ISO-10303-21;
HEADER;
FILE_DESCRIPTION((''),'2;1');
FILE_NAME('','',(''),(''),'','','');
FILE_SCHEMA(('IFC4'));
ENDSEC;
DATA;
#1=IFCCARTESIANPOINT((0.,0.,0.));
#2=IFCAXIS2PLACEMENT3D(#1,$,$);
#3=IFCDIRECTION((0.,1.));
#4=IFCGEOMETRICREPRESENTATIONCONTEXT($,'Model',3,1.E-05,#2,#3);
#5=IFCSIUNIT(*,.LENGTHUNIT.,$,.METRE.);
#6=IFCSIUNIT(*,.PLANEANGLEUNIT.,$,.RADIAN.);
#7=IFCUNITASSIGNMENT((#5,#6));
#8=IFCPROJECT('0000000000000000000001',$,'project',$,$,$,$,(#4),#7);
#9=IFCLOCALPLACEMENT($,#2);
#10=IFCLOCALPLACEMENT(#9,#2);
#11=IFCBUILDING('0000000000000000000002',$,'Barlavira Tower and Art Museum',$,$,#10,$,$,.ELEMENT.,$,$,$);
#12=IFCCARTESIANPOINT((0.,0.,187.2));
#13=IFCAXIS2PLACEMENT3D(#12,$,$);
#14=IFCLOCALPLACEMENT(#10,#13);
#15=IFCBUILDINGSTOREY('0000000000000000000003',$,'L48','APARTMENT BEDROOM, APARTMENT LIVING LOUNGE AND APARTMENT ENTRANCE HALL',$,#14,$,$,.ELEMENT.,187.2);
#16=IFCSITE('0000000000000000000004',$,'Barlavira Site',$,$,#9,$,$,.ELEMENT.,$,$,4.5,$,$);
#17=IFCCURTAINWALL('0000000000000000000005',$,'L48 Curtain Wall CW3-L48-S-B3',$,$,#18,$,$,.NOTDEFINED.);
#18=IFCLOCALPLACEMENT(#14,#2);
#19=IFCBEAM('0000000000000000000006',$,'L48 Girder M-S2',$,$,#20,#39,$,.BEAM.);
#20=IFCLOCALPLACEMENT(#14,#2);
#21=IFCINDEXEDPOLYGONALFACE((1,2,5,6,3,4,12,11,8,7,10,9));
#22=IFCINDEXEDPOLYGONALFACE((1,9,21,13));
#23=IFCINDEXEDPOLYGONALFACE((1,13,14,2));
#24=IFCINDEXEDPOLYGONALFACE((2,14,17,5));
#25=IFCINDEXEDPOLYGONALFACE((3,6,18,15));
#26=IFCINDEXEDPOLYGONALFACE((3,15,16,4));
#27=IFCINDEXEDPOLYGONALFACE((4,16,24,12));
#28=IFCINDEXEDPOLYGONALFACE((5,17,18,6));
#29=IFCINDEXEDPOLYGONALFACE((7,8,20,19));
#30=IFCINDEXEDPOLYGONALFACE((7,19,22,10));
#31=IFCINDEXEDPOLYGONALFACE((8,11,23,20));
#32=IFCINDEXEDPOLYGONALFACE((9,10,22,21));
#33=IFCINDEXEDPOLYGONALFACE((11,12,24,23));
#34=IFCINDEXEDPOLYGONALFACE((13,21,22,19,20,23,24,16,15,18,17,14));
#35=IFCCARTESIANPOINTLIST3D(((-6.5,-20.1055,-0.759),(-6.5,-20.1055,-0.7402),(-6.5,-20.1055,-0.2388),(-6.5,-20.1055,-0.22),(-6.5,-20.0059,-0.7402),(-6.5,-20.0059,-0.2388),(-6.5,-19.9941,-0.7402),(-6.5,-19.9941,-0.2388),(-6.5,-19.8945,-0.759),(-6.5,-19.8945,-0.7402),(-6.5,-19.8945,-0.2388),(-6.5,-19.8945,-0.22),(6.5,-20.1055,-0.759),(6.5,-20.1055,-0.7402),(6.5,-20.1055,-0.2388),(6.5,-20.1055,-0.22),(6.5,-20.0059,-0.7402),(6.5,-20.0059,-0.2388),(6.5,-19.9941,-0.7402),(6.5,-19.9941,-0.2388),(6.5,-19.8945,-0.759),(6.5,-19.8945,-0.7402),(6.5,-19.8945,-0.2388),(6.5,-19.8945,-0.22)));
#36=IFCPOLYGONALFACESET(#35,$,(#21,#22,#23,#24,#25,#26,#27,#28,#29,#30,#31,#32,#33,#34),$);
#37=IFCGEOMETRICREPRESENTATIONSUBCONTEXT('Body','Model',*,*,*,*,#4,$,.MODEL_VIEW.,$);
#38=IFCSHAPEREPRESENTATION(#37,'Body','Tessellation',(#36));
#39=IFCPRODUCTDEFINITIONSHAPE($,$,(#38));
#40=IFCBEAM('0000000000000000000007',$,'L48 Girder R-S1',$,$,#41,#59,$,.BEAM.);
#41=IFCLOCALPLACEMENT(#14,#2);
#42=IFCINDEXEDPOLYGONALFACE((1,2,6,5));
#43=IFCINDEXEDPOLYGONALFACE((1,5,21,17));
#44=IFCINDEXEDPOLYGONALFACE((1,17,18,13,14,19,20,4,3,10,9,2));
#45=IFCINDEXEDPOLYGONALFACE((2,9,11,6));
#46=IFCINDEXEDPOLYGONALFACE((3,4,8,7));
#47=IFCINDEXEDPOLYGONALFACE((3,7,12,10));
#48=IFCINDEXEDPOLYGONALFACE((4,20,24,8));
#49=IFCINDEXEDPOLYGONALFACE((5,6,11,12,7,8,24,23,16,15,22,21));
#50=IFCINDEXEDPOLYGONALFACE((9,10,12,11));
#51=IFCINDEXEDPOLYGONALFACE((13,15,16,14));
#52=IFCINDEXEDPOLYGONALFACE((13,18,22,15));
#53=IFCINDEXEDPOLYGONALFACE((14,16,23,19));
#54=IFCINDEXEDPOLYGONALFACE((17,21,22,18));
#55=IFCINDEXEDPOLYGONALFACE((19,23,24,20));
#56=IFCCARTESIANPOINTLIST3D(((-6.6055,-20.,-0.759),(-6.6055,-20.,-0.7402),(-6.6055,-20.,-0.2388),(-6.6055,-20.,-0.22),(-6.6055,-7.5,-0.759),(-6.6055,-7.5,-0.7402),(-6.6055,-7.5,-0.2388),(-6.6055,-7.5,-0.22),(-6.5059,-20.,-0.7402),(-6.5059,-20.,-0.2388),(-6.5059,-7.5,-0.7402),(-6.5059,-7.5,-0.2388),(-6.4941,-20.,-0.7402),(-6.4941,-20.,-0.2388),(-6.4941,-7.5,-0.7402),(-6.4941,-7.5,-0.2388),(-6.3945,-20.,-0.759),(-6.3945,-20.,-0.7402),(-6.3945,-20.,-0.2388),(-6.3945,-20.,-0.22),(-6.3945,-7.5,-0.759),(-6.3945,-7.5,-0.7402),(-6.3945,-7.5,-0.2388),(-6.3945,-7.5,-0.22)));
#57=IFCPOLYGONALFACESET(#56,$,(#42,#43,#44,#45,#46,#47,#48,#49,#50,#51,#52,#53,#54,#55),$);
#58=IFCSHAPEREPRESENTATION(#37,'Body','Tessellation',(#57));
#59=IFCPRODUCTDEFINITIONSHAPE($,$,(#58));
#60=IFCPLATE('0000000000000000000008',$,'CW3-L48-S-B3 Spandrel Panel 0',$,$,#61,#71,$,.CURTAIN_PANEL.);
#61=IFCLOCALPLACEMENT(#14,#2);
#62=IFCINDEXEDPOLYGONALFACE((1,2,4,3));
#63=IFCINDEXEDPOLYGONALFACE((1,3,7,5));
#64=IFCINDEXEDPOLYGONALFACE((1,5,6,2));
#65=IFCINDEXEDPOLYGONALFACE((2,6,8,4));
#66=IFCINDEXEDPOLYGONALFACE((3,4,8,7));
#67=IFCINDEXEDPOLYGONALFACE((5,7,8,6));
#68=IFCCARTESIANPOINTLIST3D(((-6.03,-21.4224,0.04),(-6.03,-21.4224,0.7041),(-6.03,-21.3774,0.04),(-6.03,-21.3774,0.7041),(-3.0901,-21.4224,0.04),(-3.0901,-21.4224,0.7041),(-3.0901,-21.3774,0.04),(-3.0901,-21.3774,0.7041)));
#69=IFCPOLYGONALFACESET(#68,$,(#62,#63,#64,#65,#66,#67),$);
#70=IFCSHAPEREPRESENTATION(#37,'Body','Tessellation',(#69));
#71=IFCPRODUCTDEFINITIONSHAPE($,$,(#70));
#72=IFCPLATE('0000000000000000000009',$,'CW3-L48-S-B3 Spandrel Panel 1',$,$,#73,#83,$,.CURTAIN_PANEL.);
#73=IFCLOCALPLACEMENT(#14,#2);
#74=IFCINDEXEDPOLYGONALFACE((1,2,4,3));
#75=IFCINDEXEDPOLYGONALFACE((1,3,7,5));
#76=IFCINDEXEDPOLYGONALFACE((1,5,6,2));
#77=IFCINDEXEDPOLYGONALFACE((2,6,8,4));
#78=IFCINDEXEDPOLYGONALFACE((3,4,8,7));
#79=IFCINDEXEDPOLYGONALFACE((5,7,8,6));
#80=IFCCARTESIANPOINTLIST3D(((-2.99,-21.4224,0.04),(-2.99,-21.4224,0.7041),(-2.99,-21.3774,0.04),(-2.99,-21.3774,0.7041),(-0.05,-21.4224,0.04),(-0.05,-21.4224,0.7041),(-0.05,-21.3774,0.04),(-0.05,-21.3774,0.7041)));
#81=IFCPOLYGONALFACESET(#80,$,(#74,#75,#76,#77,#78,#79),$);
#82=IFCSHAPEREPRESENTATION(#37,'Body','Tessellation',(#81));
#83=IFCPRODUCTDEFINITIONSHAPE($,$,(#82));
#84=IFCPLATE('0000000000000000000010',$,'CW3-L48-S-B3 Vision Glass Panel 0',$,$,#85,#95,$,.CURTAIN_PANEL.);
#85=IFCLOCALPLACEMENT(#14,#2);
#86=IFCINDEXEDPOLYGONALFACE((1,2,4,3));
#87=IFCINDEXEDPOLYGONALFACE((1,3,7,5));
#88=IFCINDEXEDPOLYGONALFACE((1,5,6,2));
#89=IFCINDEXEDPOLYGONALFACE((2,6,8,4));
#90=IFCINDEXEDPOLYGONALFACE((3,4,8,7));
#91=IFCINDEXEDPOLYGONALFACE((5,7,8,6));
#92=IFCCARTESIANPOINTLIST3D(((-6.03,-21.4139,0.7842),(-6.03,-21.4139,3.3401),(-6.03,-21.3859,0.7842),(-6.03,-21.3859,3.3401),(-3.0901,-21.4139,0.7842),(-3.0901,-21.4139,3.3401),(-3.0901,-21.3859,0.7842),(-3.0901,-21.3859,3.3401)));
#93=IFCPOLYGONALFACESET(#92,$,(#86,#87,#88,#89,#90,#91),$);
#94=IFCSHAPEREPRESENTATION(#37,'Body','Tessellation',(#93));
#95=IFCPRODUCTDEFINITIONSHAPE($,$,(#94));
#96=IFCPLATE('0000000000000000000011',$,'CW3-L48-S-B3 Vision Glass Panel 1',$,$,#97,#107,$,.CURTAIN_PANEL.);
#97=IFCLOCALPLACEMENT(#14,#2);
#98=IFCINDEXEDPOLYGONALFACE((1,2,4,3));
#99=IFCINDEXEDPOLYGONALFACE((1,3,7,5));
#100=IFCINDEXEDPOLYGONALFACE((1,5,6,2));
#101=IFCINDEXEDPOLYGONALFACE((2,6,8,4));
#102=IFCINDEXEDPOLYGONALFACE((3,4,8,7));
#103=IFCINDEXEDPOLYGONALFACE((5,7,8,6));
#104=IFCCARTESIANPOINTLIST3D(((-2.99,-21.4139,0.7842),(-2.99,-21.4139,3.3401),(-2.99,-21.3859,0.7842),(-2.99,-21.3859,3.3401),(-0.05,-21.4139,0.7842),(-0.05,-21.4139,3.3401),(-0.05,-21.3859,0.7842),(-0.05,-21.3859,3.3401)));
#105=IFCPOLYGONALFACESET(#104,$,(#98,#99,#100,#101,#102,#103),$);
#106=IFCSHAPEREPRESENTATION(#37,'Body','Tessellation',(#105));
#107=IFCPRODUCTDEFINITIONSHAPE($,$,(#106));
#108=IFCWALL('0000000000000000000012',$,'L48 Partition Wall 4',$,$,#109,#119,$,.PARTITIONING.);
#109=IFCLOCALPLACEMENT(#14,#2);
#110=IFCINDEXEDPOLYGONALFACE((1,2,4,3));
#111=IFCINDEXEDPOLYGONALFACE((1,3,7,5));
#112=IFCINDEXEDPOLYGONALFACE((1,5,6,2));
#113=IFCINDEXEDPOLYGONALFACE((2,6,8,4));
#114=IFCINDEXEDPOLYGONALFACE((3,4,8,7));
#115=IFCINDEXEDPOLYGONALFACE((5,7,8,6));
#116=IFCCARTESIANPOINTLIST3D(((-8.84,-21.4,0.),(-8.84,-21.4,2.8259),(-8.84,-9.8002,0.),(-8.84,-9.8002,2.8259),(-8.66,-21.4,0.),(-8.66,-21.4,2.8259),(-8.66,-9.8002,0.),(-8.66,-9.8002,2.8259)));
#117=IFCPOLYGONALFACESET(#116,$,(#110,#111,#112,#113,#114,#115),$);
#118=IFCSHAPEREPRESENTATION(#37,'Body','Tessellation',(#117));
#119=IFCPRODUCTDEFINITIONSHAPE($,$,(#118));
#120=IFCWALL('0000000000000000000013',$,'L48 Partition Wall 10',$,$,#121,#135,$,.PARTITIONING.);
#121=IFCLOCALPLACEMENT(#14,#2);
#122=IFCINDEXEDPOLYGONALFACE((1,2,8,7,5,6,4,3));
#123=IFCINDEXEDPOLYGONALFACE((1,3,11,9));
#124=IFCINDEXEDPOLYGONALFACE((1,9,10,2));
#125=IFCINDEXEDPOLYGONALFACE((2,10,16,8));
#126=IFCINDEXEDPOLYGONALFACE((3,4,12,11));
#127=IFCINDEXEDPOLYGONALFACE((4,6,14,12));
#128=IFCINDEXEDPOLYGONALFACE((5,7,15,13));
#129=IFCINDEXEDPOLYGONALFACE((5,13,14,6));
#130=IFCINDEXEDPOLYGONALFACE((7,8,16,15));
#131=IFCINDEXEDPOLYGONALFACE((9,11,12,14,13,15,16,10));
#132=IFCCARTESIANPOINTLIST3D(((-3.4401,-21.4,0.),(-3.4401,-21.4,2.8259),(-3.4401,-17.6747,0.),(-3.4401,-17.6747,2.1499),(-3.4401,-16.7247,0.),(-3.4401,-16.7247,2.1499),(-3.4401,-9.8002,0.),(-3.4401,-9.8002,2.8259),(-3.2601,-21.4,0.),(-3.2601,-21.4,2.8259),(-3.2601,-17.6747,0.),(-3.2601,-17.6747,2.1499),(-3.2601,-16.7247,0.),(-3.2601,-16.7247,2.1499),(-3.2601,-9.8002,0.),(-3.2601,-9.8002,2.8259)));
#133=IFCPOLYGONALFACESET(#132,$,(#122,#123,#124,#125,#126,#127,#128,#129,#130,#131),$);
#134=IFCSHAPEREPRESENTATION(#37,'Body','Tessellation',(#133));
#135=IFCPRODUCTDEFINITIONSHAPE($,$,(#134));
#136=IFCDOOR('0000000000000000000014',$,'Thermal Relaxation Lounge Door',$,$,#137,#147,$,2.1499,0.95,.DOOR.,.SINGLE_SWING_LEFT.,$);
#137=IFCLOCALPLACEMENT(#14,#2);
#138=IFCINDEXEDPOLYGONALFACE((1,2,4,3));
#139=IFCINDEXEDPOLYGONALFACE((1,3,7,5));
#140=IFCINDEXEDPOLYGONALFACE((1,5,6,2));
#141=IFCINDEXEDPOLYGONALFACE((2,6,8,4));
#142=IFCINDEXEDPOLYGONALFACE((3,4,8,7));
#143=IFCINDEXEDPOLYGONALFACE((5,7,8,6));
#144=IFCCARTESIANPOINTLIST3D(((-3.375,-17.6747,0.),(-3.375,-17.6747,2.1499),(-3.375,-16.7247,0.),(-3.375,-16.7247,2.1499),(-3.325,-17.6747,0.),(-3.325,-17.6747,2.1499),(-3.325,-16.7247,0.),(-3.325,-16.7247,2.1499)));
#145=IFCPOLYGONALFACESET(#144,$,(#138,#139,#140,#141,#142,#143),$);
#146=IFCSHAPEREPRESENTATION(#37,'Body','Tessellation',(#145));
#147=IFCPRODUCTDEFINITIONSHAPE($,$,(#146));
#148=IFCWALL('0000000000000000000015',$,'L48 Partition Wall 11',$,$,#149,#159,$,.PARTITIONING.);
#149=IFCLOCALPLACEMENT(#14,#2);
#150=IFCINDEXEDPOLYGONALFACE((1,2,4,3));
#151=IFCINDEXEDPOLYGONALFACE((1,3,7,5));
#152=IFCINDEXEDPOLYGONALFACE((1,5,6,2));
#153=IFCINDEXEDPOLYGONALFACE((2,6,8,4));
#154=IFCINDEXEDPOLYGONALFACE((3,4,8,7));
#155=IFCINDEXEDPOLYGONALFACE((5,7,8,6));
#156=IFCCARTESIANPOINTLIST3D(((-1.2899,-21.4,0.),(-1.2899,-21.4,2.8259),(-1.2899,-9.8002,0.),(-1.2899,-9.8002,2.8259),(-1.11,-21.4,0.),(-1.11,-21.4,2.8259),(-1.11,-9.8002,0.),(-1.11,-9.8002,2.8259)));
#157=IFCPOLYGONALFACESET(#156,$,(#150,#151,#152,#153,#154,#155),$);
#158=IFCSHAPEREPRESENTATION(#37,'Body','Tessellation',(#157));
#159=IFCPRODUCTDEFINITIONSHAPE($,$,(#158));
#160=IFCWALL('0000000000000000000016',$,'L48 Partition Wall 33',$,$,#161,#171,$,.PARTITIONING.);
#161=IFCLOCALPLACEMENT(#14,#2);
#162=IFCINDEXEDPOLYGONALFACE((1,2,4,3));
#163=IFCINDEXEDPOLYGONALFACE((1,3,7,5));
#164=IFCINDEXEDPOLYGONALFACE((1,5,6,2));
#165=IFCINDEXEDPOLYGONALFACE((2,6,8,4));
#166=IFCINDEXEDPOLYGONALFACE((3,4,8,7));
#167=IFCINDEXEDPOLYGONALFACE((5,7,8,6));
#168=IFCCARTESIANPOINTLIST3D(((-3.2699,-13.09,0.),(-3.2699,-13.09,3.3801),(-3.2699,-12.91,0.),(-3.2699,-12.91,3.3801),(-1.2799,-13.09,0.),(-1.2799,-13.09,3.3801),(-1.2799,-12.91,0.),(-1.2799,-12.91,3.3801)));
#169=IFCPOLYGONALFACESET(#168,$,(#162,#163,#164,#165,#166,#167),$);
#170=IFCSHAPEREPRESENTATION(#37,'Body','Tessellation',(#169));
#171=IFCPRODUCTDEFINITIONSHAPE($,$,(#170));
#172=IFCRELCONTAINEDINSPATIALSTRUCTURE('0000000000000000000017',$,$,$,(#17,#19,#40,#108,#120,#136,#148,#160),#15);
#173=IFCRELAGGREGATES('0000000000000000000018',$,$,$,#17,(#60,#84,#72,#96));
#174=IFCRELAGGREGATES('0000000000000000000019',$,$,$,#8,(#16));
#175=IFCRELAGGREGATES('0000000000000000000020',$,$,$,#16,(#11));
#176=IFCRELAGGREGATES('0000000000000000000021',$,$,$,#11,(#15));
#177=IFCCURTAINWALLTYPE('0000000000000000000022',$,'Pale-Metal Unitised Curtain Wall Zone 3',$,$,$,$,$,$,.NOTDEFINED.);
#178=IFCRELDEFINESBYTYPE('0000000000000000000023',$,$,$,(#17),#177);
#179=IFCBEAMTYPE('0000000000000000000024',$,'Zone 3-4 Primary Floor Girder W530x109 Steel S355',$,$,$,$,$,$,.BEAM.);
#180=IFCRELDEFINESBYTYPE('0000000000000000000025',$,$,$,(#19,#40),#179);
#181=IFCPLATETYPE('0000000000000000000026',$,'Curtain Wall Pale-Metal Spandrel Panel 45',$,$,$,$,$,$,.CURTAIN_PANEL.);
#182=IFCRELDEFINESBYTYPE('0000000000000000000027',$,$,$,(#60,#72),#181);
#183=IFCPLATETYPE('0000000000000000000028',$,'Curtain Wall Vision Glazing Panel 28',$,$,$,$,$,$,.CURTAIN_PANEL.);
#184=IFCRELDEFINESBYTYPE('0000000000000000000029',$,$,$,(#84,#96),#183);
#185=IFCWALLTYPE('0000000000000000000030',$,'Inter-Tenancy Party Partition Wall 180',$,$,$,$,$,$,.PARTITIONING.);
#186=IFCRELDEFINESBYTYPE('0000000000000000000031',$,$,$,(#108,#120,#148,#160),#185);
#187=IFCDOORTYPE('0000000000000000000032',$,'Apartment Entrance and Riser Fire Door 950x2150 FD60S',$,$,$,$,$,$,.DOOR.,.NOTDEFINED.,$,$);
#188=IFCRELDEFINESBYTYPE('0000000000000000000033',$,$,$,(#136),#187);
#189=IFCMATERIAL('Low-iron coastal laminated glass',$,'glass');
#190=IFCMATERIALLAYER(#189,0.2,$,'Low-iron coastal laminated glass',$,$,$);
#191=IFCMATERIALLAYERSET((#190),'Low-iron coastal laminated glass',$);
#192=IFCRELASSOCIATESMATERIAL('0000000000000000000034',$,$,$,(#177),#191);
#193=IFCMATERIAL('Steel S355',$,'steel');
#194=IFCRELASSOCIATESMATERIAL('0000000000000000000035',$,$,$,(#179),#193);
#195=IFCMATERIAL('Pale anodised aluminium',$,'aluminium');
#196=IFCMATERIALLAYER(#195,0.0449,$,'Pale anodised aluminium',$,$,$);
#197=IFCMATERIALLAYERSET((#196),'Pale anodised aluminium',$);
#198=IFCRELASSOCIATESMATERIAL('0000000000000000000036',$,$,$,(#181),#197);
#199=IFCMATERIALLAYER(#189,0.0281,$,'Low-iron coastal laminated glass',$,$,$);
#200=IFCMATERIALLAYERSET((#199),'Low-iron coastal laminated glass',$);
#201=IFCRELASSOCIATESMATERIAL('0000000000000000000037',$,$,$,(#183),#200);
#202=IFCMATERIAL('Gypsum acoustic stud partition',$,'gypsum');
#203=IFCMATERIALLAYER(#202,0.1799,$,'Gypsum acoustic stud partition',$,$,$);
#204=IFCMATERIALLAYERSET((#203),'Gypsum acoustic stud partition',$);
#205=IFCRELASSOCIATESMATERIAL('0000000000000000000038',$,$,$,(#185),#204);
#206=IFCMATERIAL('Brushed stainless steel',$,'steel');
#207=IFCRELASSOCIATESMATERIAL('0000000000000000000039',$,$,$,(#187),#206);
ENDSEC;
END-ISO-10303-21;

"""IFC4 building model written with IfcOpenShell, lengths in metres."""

from ifc_helpers import new_model, si_unit, direction, frame, frame_2d, origin, origin_2d, place, context, subcontext, project, spatial, rectangle, i_section, extrude, material, layer, layer_set, material_profile, profile_set, type_object, element, fill, aggregate, save


model = new_model("IFC4")

# Units and contexts
model_context = context("Model", 3, precision=1e-05, world=origin(), true_north=direction((0.0, 1.0)))
body_context = subcontext(model_context, "Body", "Model", "MODEL_VIEW")
ifc_project = project(units=[si_unit("LENGTHUNIT", "METRE"), si_unit("PLANEANGLEUNIT", "RADIAN")], contexts=[model_context])

# Site, building, storey
site_placement = place(None, origin())
site = spatial("IfcSite", under=ifc_project, at=site_placement, Name="Barlavira Site", CompositionType="ELEMENT", RefElevation=4.5)
building_placement = place(site_placement, origin())
building = spatial("IfcBuilding", under=site, at=building_placement, Name="Barlavira Tower and Art Museum", CompositionType="ELEMENT")
storey_placement = place(building_placement, frame((0.0, 0.0, 187.2)))
storey = spatial("IfcBuildingStorey", under=building, at=storey_placement, Name="L48", Description="APARTMENT BEDROOM, APARTMENT LIVING LOUNGE AND APARTMENT ENTRANCE HALL", CompositionType="ELEMENT", Elevation=187.2)

# Curtain wall
ifc_material_1 = material(Name="Low-iron coastal laminated glass", Category="glass")
ifc_layer_1 = layer(ifc_material_1, 0.2, Name="Low-iron coastal laminated glass")
ifc_layer_set_1 = layer_set([ifc_layer_1], Name="Low-iron coastal laminated glass")
curtain_wall_type = type_object("IfcCurtainWallType", Name="Pale-Metal Unitised Curtain Wall Zone 3", PredefinedType="NOTDEFINED", material=ifc_layer_set_1)
curtain_wall_placement = place(storey_placement, origin())
curtain_wall = element("IfcCurtainWall", 1, at=curtain_wall_placement, inside=storey, type_object=curtain_wall_type, Name="L48 Curtain Wall CW3-L48-S-B3", PredefinedType="NOTDEFINED")
ifc_material_2 = material(Name="Pale anodised aluminium", Category="aluminium")

# Shared definitions
ifc_material_3 = material(Name="Steel S355", Category="steel")

# Beams
ifc_material_profile_1 = material_profile(ifc_material_3, i_section(OverallWidth=0.2109, OverallDepth=0.5391, WebThickness=0.0117, FlangeThickness=0.0188, at=origin_2d()), Name="W530x109.0")
ifc_profile_set_1 = profile_set([ifc_material_profile_1], Name="Steel S355")
beam_type_1 = type_object("IfcBeamType", Name="Zone 3-4 Primary Floor Girder W530x109 Steel S355", PredefinedType="BEAM", material=ifc_profile_set_1)
beam_1_placement = place(storey_placement, frame((-6.5, -20.0, -0.4895), z_axis=(1.0, 0.0, 0.0), x_axis=(0.0, 1.0, 0.0)))
element("IfcBeam", 2, at=beam_1_placement, inside=storey, type_object=beam_type_1, Name="L48 Girder M-S2", PredefinedType="BEAM", context=body_context, shape_type="SweptSolid", body=[
    extrude(i_section(OverallWidth=0.2109, OverallDepth=0.5391, WebThickness=0.0117, FlangeThickness=0.0188, at=origin_2d()), origin(), (0.0, 0.0, 1.0), 13.0),
])
beam_2_placement = place(storey_placement, frame((-6.5, -20.0, -0.4895), z_axis=(0.0, 1.0, 0.0), x_axis=(-1.0, 0.0, 0.0)))
element("IfcBeam", 3, at=beam_2_placement, inside=storey, type_object=beam_type_1, Name="L48 Girder R-S1", PredefinedType="BEAM", context=body_context, shape_type="SweptSolid", body=[
    extrude(i_section(OverallWidth=0.2109, OverallDepth=0.5391, WebThickness=0.0117, FlangeThickness=0.0188, at=origin_2d()), origin(), (0.0, 0.0, 1.0), 12.5),
])

# Plates
ifc_layer_2 = layer(ifc_material_2, 0.0449, Name="Pale anodised aluminium")
ifc_layer_set_2 = layer_set([ifc_layer_2], Name="Pale anodised aluminium")
plate_type_1 = type_object("IfcPlateType", Name="Curtain Wall Pale-Metal Spandrel Panel 45", PredefinedType="CURTAIN_PANEL", material=ifc_layer_set_2)
plate_1_placement = place(storey_placement, frame((-4.5601, -21.3999, 0.04), z_axis=(0.0, 0.0, 1.0), x_axis=(1.0, 0.0, 0.0)))
plate_1 = element("IfcPlate", 4, at=plate_1_placement, type_object=plate_type_1, Name="CW3-L48-S-B3 Spandrel Panel 0", PredefinedType="CURTAIN_PANEL", context=body_context, shape_type="SweptSolid", body=[
    extrude(rectangle(XDim=2.9399, YDim=0.0449, at=origin_2d()), origin(), (0.0, 0.0, 1.0), 0.6641),
])
plate_2_placement = place(storey_placement, frame((-1.52, -21.3999, 0.04), z_axis=(0.0, 0.0, 1.0), x_axis=(1.0, 0.0, 0.0)))
plate_2 = element("IfcPlate", 5, at=plate_2_placement, type_object=plate_type_1, Name="CW3-L48-S-B3 Spandrel Panel 1", PredefinedType="CURTAIN_PANEL", context=body_context, shape_type="SweptSolid", body=[
    extrude(rectangle(XDim=2.9399, YDim=0.0449, at=origin_2d()), origin(), (0.0, 0.0, 1.0), 0.6641),
])
ifc_layer_3 = layer(ifc_material_1, 0.0281, Name="Low-iron coastal laminated glass")
ifc_layer_set_3 = layer_set([ifc_layer_3], Name="Low-iron coastal laminated glass")
plate_type_2 = type_object("IfcPlateType", Name="Curtain Wall Vision Glazing Panel 28", PredefinedType="CURTAIN_PANEL", material=ifc_layer_set_3)
plate_3_placement = place(storey_placement, frame((-4.5601, -21.3999, 0.7842), z_axis=(0.0, 0.0, 1.0), x_axis=(1.0, 0.0, 0.0)))
plate_3 = element("IfcPlate", 6, at=plate_3_placement, type_object=plate_type_2, Name="CW3-L48-S-B3 Vision Glass Panel 0", PredefinedType="CURTAIN_PANEL", context=body_context, shape_type="SweptSolid", body=[
    extrude(rectangle(XDim=2.9399, YDim=0.0281, at=origin_2d()), origin(), (0.0, 0.0, 1.0), 2.5559),
])
plate_4_placement = place(storey_placement, frame((-1.52, -21.3999, 0.7842), z_axis=(0.0, 0.0, 1.0), x_axis=(1.0, 0.0, 0.0)))
plate_4 = element("IfcPlate", 7, at=plate_4_placement, type_object=plate_type_2, Name="CW3-L48-S-B3 Vision Glass Panel 1", PredefinedType="CURTAIN_PANEL", context=body_context, shape_type="SweptSolid", body=[
    extrude(rectangle(XDim=2.9399, YDim=0.0281, at=origin_2d()), origin(), (0.0, 0.0, 1.0), 2.5559),
])
aggregate(curtain_wall, [plate_1, plate_3, plate_2, plate_4])

# Wall
ifc_material_4 = material(Name="Gypsum acoustic stud partition", Category="gypsum")
ifc_layer_4 = layer(ifc_material_4, 0.1799, Name="Gypsum acoustic stud partition")
ifc_layer_set_4 = layer_set([ifc_layer_4], Name="Gypsum acoustic stud partition")
wall_type = type_object("IfcWallType", Name="Inter-Tenancy Party Partition Wall 180", PredefinedType="PARTITIONING", material=ifc_layer_set_4)
wall_1_placement = place(storey_placement, frame((-8.75, -21.3999, 0.0), z_axis=(0.0, 0.0, 1.0), x_axis=(0.0, 1.0, 0.0)))
element("IfcWall", 8, at=wall_1_placement, inside=storey, type_object=wall_type, Name="L48 Partition Wall 4", PredefinedType="PARTITIONING", context=body_context, shape_type="SweptSolid", body=[
    extrude(rectangle(XDim=11.5999, YDim=0.1799, at=frame_2d((5.7998, 0.0))), origin(), (0.0, 0.0, 1.0), 2.8259),
])

# Wall, opening, door
wall_2_placement = place(storey_placement, frame((-3.3501, -21.3999, 0.0), z_axis=(0.0, 0.0, 1.0), x_axis=(0.0, 1.0, 0.0)))
wall_2 = element("IfcWall", 9, at=wall_2_placement, inside=storey, type_object=wall_type, Name="L48 Partition Wall 10", PredefinedType="PARTITIONING", context=body_context, shape_type="SweptSolid", body=[
    extrude(rectangle(XDim=11.5999, YDim=0.1799, at=frame_2d((5.7998, 0.0))), origin(), (0.0, 0.0, 1.0), 2.8259),
])
opening_1_placement = place(wall_2_placement, frame((3.7251, 0.0, 0.0)))
opening_1 = element("IfcOpeningElement", 10, at=opening_1_placement, cuts=wall_2, PredefinedType="OPENING", context=body_context, shape_type="SweptSolid", body=[
    extrude(rectangle(XDim=0.95, YDim=2.1499, at=frame_2d((0.4751, 1.075))), frame((0.0, 0.1001, 0.0), z_axis=(0.0, -1.0, 0.0), x_axis=(1.0, 0.0, 0.0)), (0.0, 0.0, 1.0), 0.2),
])
ifc_material_5 = material(Name="Brushed stainless steel", Category="steel")
door_type = type_object("IfcDoorType", Name="Apartment Entrance and Riser Fire Door 950x2150 FD60S", OperationType="NOTDEFINED", PredefinedType="DOOR", material=ifc_material_5)
door_1_placement = place(opening_1_placement, origin())
door_1 = element("IfcDoor", 11, at=door_1_placement, inside=storey, type_object=door_type, Name="Thermal Relaxation Lounge Door", OperationType="SINGLE_SWING_LEFT", OverallHeight=2.1499, OverallWidth=0.95, PredefinedType="DOOR", context=body_context, shape_type="SweptSolid", body=[
    extrude(rectangle(XDim=0.95, YDim=2.1499, at=frame_2d((0.4751, 1.075))), frame((0.0, 0.0249, 0.0), z_axis=(0.0, -1.0, 0.0), x_axis=(1.0, 0.0, 0.0)), (0.0, 0.0, 1.0), 0.05),
])
fill(opening_1, door_1)

# Wall
wall_3_placement = place(storey_placement, frame((-1.2, -21.3999, 0.0), z_axis=(0.0, 0.0, 1.0), x_axis=(0.0, 1.0, 0.0)))
element("IfcWall", 12, at=wall_3_placement, inside=storey, type_object=wall_type, Name="L48 Partition Wall 11", PredefinedType="PARTITIONING", context=body_context, shape_type="SweptSolid", body=[
    extrude(rectangle(XDim=11.5999, YDim=0.1799, at=frame_2d((5.7998, 0.0))), origin(), (0.0, 0.0, 1.0), 2.8259),
])

# Wall
wall_4_placement = place(storey_placement, frame((-3.27, -13.0, 0.0), z_axis=(0.0, 0.0, 1.0), x_axis=(1.0, 0.0, 0.0)))
element("IfcWall", 13, at=wall_4_placement, inside=storey, type_object=wall_type, Name="L48 Partition Wall 33", PredefinedType="PARTITIONING", context=body_context, shape_type="SweptSolid", body=[
    extrude(rectangle(XDim=1.99, YDim=0.1799, at=frame_2d((0.9951, 0.0))), origin(), (0.0, 0.0, 1.0), 3.3801),
])

save(model, "model.ifc")
